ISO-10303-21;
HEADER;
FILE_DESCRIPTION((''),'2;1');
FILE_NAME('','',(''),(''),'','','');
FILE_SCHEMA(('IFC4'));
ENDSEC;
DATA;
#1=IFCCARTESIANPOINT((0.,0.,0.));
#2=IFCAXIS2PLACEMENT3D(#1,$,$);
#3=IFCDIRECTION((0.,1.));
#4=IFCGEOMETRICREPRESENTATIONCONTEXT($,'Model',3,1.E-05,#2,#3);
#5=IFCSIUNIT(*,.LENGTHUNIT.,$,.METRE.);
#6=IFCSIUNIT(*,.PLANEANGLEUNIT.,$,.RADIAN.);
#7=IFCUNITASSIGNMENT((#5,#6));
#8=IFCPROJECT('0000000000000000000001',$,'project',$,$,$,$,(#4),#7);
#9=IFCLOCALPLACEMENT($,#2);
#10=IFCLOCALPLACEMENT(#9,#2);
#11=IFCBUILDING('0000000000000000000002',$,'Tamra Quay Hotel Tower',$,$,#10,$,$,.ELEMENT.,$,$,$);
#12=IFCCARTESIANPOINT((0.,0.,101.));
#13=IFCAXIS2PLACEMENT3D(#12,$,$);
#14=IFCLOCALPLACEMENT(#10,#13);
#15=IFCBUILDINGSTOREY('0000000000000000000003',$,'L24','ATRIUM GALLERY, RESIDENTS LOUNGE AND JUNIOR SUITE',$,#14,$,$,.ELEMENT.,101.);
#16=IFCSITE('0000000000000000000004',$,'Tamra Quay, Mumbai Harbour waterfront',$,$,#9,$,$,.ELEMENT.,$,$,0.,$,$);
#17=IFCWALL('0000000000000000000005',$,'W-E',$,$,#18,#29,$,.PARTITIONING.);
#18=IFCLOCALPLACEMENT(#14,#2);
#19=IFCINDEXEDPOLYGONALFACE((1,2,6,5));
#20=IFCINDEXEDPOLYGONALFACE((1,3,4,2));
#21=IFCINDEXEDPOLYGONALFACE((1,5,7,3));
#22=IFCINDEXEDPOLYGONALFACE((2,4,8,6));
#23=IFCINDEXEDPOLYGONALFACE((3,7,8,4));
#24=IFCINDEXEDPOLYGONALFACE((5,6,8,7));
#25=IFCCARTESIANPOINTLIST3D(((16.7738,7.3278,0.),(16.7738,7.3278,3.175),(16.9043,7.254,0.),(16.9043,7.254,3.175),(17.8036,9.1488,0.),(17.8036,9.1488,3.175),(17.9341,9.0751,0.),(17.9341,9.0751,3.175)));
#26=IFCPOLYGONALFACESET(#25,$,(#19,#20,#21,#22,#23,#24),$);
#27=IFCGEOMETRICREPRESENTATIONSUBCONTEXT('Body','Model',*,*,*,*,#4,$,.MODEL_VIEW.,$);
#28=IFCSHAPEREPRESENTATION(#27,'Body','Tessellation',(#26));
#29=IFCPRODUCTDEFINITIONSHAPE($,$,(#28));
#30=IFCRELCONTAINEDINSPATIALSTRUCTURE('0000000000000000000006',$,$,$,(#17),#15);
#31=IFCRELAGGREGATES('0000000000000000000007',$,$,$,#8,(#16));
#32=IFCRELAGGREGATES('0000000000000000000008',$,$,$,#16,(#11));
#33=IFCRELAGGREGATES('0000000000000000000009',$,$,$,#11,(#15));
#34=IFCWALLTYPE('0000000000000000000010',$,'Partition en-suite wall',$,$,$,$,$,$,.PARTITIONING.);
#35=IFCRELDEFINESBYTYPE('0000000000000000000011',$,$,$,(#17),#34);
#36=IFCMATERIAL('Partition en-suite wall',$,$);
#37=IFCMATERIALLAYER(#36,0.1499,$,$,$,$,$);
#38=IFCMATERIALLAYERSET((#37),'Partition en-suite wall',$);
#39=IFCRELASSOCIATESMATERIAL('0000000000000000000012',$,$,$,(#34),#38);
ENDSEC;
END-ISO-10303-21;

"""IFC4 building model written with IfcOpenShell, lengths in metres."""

from ifc_helpers import new_model, si_unit, direction, frame, frame_2d, origin, place, context, subcontext, project, spatial, rectangle, extrude, material, layer, layer_set, type_object, element, save


model = new_model("IFC4")

# Units and contexts
model_context = context("Model", 3, precision=1e-05, world=origin(), true_north=direction((0.0, 1.0)))
body_context = subcontext(model_context, "Body", "Model", "MODEL_VIEW")
ifc_project = project(units=[si_unit("LENGTHUNIT", "METRE"), si_unit("PLANEANGLEUNIT", "RADIAN")], contexts=[model_context])

# Site, building, storey
site_placement = place(None, origin())
site = spatial("IfcSite", under=ifc_project, at=site_placement, Name="Tamra Quay, Mumbai Harbour waterfront", CompositionType="ELEMENT", RefElevation=0.0)
building_placement = place(site_placement, origin())
building = spatial("IfcBuilding", under=site, at=building_placement, Name="Tamra Quay Hotel Tower", CompositionType="ELEMENT")
storey_placement = place(building_placement, frame((0.0, 0.0, 101.0)))
storey = spatial("IfcBuildingStorey", under=building, at=storey_placement, Name="L24", Description="ATRIUM GALLERY, RESIDENTS LOUNGE AND JUNIOR SUITE", CompositionType="ELEMENT", Elevation=101.0)

# Shared definitions
ifc_material_1 = material(Name="Partition en-suite wall")
ifc_layer_1 = layer(ifc_material_1, 0.1499)
ifc_layer_set_1 = layer_set([ifc_layer_1], Name="Partition en-suite wall")
wall_type_1 = type_object("IfcWallType", Name="Partition en-suite wall", PredefinedType="PARTITIONING", material=ifc_layer_set_1)

# Wall
wall_1_placement = place(storey_placement, frame((16.8391, 7.291, 0.0), z_axis=(0.0, 0.0, 1.0), x_axis=(0.492238, 0.870461, 0.0)))
element("IfcWall", 1, at=wall_1_placement, inside=storey, type_object=wall_type_1, Name="W-E", PredefinedType="PARTITIONING", context=body_context, shape_type="SweptSolid", body=[
    extrude(rectangle(XDim=2.092, YDim=0.1499, at=frame_2d((1.0459, 0.0))), origin(), (0.0, 0.0, 1.0), 3.175),
])

save(model, "model.ifc")
